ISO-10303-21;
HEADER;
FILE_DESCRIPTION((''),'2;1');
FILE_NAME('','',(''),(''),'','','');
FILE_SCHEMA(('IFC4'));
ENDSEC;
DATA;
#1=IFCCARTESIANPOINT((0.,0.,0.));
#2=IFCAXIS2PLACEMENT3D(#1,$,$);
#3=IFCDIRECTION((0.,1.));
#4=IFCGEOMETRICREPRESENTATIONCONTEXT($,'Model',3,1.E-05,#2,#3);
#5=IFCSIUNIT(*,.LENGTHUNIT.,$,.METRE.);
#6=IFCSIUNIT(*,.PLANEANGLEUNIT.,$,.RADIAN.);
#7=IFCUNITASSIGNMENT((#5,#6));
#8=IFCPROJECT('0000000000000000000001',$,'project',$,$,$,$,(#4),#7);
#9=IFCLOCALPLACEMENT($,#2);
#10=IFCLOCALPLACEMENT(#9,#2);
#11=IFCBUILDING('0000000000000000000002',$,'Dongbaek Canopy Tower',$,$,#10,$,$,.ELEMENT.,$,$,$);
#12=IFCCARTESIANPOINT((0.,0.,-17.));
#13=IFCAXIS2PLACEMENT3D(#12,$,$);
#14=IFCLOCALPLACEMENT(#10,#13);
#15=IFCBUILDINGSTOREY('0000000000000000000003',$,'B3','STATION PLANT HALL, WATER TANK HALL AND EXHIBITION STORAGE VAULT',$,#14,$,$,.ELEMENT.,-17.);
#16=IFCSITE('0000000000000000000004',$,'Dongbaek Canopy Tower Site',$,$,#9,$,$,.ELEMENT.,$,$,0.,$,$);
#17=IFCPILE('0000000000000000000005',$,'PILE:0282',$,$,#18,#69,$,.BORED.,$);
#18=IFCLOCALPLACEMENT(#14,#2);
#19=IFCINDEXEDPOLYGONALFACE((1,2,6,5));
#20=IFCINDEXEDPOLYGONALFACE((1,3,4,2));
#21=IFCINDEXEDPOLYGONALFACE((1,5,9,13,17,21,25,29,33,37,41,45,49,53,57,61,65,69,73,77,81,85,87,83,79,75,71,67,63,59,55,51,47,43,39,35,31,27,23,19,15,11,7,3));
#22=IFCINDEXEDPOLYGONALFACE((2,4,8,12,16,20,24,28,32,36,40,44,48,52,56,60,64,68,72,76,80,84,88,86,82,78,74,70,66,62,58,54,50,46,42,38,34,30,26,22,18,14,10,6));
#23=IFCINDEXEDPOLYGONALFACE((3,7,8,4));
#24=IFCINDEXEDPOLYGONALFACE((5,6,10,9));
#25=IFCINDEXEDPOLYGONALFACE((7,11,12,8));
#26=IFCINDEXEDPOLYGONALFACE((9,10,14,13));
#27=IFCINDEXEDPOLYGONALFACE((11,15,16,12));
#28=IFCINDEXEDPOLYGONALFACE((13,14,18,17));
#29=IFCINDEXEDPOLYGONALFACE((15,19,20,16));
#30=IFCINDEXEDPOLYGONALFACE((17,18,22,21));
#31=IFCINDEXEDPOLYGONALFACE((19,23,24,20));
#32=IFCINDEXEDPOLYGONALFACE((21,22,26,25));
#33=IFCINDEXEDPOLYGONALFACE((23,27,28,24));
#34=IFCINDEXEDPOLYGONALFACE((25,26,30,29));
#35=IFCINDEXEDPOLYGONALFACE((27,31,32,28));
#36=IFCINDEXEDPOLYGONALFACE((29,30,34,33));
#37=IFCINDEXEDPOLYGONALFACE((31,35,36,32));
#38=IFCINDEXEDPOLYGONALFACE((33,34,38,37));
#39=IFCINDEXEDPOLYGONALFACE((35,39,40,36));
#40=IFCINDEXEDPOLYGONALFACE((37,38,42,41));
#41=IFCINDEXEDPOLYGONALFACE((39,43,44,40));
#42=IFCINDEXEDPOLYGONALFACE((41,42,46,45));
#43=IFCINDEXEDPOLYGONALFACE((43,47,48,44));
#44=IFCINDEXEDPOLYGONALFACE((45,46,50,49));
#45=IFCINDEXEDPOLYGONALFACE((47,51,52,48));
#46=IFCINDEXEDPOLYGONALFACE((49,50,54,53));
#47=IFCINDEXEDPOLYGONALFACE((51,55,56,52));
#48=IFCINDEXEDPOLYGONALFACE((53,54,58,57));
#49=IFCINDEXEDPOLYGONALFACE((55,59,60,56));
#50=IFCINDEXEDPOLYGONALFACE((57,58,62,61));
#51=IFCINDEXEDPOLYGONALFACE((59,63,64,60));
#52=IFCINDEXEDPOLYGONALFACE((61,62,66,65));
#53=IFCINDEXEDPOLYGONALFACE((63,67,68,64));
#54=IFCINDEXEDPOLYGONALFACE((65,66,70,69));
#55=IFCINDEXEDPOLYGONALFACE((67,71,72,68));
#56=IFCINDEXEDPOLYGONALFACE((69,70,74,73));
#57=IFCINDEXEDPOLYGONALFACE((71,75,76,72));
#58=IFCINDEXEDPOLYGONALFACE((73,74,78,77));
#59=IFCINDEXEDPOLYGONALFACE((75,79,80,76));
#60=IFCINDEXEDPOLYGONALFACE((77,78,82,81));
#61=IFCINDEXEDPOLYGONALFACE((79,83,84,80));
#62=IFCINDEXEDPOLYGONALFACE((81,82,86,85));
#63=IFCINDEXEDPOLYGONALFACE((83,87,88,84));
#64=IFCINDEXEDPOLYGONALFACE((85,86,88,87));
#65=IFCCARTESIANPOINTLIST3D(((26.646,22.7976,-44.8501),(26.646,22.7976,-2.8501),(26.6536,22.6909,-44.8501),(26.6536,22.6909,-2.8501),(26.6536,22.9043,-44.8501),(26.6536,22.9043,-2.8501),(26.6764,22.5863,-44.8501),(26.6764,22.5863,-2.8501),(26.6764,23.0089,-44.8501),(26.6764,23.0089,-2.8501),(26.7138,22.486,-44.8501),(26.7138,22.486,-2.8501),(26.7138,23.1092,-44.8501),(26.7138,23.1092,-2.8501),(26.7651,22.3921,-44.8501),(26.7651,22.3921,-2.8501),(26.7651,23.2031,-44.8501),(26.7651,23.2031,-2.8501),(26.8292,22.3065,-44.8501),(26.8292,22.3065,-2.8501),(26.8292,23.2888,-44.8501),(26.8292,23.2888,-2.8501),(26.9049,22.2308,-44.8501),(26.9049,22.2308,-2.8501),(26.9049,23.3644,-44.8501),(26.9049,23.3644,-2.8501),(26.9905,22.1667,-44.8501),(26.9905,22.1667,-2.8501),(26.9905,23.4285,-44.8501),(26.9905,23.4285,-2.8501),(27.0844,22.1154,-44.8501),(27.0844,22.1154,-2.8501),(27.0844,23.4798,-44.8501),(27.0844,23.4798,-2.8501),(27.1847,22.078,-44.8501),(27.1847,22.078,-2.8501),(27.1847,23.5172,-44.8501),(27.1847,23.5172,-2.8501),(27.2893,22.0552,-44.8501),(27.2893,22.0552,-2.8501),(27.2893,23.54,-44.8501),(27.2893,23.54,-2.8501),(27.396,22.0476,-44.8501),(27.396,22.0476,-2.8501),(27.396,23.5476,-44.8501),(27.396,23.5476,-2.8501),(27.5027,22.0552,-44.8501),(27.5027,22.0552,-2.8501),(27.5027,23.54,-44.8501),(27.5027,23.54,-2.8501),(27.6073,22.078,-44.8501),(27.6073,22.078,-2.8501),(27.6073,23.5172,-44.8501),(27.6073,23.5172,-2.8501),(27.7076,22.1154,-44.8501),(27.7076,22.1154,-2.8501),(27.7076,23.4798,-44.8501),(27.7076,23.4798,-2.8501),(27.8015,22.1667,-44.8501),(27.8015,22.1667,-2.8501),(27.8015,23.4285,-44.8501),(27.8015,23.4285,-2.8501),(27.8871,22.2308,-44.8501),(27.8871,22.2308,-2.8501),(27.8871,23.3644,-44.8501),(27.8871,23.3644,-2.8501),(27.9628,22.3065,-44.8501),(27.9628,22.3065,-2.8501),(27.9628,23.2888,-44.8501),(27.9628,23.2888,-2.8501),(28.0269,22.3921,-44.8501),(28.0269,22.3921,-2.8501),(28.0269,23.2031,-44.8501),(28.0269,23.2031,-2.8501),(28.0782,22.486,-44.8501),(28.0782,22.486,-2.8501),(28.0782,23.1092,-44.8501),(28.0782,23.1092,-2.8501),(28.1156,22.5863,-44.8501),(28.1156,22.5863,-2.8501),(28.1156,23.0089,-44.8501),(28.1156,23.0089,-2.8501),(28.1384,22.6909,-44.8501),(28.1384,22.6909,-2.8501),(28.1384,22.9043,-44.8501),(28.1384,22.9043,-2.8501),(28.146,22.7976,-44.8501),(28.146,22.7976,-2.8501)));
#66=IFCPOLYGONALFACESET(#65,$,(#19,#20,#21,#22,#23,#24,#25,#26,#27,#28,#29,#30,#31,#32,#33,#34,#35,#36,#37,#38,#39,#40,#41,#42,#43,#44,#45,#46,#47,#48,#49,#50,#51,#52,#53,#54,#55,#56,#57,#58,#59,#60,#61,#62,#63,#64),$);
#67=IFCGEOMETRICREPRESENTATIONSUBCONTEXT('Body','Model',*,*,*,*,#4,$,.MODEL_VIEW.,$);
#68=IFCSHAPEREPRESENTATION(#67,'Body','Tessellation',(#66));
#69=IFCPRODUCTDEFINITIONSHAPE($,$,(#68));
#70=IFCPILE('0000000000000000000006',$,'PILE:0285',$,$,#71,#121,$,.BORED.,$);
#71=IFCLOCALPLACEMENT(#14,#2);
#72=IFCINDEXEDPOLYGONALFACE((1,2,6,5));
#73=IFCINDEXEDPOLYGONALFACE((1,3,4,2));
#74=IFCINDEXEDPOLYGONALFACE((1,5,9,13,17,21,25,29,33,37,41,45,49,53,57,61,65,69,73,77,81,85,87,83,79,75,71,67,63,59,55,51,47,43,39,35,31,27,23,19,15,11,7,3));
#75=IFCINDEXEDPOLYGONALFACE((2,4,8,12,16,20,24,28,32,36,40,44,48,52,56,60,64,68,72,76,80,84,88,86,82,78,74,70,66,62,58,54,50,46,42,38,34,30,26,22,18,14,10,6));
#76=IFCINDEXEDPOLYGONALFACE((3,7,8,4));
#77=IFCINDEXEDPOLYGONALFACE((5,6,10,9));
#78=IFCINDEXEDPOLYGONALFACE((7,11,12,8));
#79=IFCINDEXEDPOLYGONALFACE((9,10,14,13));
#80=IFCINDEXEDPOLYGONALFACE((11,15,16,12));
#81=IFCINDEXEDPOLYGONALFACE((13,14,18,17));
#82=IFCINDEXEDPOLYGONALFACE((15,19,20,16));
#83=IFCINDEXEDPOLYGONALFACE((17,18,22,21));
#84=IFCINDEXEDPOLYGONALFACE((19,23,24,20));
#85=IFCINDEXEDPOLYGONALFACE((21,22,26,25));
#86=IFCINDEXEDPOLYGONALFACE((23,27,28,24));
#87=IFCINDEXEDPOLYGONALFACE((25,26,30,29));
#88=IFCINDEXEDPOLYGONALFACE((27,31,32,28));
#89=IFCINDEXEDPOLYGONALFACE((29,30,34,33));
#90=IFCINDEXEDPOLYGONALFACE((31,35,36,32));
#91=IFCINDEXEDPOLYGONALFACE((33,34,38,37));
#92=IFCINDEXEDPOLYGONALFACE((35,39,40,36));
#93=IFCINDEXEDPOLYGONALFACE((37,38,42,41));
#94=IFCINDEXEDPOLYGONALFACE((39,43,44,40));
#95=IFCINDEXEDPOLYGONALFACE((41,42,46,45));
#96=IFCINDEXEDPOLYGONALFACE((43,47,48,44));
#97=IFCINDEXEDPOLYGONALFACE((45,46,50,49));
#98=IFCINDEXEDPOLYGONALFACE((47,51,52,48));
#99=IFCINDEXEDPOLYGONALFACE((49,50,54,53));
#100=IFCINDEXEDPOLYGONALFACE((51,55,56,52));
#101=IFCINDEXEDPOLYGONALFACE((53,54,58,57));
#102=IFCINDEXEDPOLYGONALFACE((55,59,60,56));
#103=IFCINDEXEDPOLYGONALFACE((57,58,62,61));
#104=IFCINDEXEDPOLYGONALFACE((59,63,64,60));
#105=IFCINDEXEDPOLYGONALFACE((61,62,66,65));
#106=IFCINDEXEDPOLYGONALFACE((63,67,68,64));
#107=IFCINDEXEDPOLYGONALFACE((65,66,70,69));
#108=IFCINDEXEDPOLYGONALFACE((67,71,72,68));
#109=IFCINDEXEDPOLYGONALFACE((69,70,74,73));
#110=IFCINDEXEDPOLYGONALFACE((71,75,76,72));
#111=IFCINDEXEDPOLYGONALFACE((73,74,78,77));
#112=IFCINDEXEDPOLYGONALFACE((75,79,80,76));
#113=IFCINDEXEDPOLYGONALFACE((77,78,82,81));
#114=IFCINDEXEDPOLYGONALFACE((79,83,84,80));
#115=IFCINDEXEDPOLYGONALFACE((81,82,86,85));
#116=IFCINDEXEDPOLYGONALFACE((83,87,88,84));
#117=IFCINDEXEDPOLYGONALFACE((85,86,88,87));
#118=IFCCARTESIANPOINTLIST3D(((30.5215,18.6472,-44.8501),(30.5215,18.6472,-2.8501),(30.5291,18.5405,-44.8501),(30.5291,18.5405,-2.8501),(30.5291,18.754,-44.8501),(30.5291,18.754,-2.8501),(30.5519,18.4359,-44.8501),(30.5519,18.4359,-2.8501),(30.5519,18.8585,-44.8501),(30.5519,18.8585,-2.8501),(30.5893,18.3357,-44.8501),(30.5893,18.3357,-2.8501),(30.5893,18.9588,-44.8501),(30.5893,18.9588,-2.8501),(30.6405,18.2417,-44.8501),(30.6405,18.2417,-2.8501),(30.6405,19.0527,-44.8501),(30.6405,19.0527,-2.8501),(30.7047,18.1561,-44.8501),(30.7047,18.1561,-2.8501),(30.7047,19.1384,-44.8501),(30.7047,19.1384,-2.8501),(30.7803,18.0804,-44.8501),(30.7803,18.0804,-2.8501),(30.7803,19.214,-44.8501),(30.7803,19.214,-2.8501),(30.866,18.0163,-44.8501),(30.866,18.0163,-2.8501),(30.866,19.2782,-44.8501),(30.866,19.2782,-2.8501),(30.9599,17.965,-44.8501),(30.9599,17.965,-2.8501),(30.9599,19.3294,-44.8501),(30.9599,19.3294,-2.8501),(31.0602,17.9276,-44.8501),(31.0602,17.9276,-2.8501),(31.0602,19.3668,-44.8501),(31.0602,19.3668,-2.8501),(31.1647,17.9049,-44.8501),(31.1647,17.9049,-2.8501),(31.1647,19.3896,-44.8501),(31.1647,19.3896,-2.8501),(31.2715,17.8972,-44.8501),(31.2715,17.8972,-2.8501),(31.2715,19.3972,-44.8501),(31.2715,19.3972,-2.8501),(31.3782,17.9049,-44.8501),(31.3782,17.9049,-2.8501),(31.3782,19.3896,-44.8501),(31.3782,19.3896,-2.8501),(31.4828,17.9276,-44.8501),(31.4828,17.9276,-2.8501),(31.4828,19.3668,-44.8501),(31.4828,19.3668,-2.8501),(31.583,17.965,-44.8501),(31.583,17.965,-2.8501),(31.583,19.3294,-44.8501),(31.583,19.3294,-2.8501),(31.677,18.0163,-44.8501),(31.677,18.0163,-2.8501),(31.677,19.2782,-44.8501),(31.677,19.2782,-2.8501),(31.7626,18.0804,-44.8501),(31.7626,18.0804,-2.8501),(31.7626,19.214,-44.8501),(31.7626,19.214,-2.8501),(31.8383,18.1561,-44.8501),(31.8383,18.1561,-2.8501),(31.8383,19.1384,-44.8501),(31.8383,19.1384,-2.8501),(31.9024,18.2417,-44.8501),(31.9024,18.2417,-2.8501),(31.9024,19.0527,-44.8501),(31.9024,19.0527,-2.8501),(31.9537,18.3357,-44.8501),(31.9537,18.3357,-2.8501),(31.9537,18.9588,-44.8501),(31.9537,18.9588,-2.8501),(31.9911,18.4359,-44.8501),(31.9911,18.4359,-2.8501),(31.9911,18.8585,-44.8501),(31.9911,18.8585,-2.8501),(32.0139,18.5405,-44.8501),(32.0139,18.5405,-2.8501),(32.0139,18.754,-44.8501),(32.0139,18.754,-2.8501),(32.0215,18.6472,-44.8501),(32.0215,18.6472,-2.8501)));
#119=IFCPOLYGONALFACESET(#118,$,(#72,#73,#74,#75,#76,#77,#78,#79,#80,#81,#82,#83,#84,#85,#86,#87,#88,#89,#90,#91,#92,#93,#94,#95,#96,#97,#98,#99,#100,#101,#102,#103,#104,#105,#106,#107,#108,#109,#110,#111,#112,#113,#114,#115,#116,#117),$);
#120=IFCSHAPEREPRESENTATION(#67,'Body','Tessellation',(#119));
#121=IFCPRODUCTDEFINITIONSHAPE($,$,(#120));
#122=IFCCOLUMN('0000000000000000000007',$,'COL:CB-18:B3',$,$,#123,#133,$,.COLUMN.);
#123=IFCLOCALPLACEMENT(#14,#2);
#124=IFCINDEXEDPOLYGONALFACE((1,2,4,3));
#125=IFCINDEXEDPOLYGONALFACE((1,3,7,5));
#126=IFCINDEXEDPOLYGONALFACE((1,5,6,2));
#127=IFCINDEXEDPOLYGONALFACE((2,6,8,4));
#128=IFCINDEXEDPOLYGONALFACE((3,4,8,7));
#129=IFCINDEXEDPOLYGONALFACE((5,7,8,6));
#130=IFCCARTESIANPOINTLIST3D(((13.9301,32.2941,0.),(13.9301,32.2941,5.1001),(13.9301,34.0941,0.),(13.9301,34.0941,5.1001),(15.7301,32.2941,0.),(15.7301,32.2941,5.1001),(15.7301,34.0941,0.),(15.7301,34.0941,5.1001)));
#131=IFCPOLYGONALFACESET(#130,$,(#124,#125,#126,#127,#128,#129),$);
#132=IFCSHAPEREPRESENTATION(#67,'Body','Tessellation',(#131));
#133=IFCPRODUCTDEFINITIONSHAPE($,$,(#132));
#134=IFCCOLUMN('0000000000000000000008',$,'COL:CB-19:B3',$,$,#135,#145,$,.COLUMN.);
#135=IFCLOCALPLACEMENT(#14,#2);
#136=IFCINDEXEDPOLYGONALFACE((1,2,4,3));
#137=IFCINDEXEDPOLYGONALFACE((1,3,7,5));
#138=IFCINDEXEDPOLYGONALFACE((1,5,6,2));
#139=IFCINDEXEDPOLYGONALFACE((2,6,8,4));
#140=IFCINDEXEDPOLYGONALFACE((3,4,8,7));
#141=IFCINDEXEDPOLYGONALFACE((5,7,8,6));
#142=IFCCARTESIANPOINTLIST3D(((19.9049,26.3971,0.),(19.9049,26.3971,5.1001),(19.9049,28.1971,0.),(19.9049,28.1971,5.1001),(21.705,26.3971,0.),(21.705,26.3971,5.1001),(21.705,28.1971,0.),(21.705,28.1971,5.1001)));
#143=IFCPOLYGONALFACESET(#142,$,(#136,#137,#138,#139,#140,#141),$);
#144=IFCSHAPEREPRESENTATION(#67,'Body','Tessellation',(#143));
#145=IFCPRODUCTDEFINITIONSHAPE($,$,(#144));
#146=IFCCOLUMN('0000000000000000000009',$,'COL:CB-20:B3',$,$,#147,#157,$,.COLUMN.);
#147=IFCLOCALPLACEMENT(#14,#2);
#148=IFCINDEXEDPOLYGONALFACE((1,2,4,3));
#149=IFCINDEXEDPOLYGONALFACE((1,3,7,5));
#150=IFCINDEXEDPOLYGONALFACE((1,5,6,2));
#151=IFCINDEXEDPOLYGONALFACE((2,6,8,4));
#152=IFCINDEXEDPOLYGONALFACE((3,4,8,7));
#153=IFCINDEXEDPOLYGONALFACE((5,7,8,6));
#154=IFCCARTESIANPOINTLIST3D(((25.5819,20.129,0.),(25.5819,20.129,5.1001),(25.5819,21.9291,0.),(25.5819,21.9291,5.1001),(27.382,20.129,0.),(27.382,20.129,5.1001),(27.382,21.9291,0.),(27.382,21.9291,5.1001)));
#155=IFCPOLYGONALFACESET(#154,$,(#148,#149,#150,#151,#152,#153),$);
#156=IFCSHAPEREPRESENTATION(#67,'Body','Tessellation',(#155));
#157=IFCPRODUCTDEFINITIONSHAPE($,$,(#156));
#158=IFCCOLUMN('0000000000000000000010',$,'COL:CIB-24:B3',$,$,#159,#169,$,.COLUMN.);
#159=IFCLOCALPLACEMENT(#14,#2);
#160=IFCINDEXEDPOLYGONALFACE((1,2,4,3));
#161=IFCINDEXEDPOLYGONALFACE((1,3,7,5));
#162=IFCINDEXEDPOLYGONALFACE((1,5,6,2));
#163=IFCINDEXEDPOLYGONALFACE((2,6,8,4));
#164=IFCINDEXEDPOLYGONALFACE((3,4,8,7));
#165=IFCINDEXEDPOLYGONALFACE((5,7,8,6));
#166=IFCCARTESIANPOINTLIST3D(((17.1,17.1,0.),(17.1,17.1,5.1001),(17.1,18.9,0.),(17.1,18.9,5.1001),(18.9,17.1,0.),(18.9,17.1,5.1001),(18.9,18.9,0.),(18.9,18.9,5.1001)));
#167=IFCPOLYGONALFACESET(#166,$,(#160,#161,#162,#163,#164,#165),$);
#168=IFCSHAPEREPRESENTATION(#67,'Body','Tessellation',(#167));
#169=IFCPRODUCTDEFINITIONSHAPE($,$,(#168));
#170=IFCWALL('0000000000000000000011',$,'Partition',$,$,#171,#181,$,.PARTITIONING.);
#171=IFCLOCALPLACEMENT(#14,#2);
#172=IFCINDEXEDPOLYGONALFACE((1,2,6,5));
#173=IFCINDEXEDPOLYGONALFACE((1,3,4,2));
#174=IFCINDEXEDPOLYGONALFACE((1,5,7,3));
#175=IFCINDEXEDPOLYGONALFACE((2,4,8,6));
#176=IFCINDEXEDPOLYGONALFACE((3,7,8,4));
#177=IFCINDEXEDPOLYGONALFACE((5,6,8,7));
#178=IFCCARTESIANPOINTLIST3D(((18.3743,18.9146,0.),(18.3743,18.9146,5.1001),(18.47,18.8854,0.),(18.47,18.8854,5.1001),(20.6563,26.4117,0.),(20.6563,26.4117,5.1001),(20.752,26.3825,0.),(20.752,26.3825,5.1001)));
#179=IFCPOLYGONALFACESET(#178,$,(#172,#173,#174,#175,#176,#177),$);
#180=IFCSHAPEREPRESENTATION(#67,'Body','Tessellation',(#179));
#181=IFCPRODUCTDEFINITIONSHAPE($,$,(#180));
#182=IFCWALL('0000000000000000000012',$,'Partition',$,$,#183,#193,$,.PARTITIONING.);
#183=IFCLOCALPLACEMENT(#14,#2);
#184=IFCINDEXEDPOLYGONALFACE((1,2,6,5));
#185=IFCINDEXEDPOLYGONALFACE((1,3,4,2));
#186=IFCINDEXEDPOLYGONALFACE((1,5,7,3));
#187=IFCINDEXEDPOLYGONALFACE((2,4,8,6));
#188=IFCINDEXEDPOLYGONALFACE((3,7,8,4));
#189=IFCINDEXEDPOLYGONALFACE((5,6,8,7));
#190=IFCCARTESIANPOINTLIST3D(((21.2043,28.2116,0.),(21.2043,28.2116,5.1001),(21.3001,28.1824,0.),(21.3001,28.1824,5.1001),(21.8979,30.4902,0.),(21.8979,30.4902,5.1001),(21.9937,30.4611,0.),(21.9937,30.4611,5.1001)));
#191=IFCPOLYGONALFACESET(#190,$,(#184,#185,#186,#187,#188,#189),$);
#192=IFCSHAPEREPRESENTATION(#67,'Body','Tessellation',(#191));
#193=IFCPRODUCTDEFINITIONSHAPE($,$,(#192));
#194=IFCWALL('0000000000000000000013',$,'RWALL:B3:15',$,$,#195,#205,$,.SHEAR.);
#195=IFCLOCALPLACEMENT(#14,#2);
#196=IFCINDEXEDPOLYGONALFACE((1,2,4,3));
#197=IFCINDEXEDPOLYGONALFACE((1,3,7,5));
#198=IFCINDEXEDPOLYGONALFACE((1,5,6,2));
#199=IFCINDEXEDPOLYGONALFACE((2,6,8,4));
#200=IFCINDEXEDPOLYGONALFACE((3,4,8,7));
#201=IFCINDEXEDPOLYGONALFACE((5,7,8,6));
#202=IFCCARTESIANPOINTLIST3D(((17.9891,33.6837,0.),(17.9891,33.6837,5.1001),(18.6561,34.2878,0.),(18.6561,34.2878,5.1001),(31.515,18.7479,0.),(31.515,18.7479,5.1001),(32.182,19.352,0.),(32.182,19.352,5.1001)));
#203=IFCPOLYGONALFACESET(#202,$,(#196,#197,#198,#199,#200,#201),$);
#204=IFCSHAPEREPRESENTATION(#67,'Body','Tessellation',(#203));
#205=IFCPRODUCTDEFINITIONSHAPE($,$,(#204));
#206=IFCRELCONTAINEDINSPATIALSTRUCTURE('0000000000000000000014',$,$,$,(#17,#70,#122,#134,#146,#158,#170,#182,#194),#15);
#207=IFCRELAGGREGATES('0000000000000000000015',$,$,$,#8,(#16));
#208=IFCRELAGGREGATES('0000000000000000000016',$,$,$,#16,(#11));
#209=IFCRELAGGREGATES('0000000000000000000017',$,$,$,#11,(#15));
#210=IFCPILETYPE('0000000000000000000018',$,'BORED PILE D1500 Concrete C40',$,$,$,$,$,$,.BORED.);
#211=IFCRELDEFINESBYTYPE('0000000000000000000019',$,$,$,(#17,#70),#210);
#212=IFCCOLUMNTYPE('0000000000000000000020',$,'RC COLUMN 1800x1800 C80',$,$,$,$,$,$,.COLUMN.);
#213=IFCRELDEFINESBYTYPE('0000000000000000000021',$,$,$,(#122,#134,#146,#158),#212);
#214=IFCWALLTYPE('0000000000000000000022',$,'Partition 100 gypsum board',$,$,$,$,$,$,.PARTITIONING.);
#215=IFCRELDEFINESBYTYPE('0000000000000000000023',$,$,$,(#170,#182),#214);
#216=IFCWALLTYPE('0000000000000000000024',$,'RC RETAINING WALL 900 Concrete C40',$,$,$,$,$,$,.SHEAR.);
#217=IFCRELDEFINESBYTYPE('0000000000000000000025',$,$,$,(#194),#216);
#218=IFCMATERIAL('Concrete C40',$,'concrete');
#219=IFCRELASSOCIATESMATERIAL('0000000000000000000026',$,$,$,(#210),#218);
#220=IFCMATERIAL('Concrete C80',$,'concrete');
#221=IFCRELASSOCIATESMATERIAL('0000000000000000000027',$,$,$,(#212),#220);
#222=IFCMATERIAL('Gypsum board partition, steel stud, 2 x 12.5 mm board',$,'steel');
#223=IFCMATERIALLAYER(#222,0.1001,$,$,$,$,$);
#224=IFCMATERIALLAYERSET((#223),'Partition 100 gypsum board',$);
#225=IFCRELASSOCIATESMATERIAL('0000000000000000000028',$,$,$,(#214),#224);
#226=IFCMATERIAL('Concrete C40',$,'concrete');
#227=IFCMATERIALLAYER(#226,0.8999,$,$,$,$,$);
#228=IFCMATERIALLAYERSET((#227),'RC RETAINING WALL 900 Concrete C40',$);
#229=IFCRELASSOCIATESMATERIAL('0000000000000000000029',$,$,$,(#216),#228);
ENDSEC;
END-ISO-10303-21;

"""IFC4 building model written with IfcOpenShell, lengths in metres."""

from ifc_helpers import new_model, si_unit, direction, frame, frame_2d, origin, origin_2d, place, context, subcontext, project, spatial, rectangle, circle, extrude, material, layer, layer_set, material_profile, profile_set, type_object, element, save


model = new_model("IFC4")

# Units and contexts
model_context = context("Model", 3, precision=1e-05, world=origin(), true_north=direction((0.0, 1.0)))
body_context = subcontext(model_context, "Body", "Model", "MODEL_VIEW")
ifc_project = project(units=[si_unit("LENGTHUNIT", "METRE"), si_unit("PLANEANGLEUNIT", "RADIAN")], contexts=[model_context])

# Site, building, storey
site_placement = place(None, origin())
site = spatial("IfcSite", under=ifc_project, at=site_placement, Name="Dongbaek Canopy Tower Site", CompositionType="ELEMENT", RefElevation=0.0)
building_placement = place(site_placement, origin())
building = spatial("IfcBuilding", under=site, at=building_placement, Name="Dongbaek Canopy Tower", CompositionType="ELEMENT")
storey_placement = place(building_placement, frame((0.0, 0.0, -17.0)))
storey = spatial("IfcBuildingStorey", under=building, at=storey_placement, Name="B3", Description="STATION PLANT HALL, WATER TANK HALL AND EXHIBITION STORAGE VAULT", CompositionType="ELEMENT", Elevation=-17.0)

# Piles
ifc_material_1 = material(Name="Concrete C40", Category="concrete")
ifc_material_profile_1 = material_profile(ifc_material_1, circle(Radius=0.75, at=origin_2d()), Name="BORED PILE D1500 Concrete C40")
ifc_profile_set_1 = profile_set([ifc_material_profile_1], Name="Concrete C40")
pile_type = type_object("IfcPileType", Name="BORED PILE D1500 Concrete C40", PredefinedType="BORED", material=ifc_profile_set_1)
for number, where, z_axis, x_axis, name in (
    (1, (27.396, 22.7976, -2.8501), (0.0, 0.0, -1.0), (1.0, 0.0, 0.0), "PILE:0282"),
    (2, (31.2715, 18.6472, -2.8501), (0.0, 0.0, -1.0), (1.0, 0.0, 0.0), "PILE:0285"),
):
    element("IfcPile", number, at=place(storey_placement, frame(where, z_axis=z_axis, x_axis=x_axis)), inside=storey, type_object=pile_type, Name=name, PredefinedType="BORED", context=body_context, shape_type="SweptSolid", body=[
        extrude(circle(Radius=0.75, at=origin_2d()), origin(), (0.0, 0.0, 1.0), 42.0),
    ])

# Columns
ifc_material_2 = material(Name="Concrete C80", Category="concrete")
ifc_material_profile_2 = material_profile(ifc_material_2, rectangle(XDim=1.8, YDim=1.8, at=origin_2d()), Name="RC COLUMN 1800x1800 C80")
ifc_profile_set_2 = profile_set([ifc_material_profile_2], Name="Concrete C80")
column_type = type_object("IfcColumnType", Name="RC COLUMN 1800x1800 C80", PredefinedType="COLUMN", material=ifc_profile_set_2)
for number, where, z_axis, x_axis, name in (
    (3, (14.8301, 33.1941, 0.0), (0.0, 0.0, 1.0), (1.0, 0.0, 0.0), "COL:CB-18:B3"),
    (4, (20.8049, 27.2971, 0.0), (0.0, 0.0, 1.0), (1.0, 0.0, 0.0), "COL:CB-19:B3"),
    (5, (26.4819, 21.0291, 0.0), (0.0, 0.0, 1.0), (1.0, 0.0, 0.0), "COL:CB-20:B3"),
    (6, (18.0, 18.0, 0.0), (0.0, 0.0, 1.0), (1.0, 0.0, 0.0), "COL:CIB-24:B3"),
):
    element("IfcColumn", number, at=place(storey_placement, frame(where, z_axis=z_axis, x_axis=x_axis)), inside=storey, type_object=column_type, Name=name, PredefinedType="COLUMN", context=body_context, shape_type="SweptSolid", body=[
        extrude(rectangle(XDim=1.8, YDim=1.8, at=origin_2d()), origin(), (0.0, 0.0, 1.0), 5.1001),
    ])

# Walls
ifc_material_3 = material(Name="Gypsum board partition, steel stud, 2 x 12.5 mm board", Category="steel")
ifc_layer_1 = layer(ifc_material_3, 0.1001)
ifc_layer_set_1 = layer_set([ifc_layer_1], Name="Partition 100 gypsum board")
wall_type_1 = type_object("IfcWallType", Name="Partition 100 gypsum board", PredefinedType="PARTITIONING", material=ifc_layer_set_1)
wall_1_placement = place(storey_placement, frame((18.4221, 18.8999, 0.0), z_axis=(0.0, 0.0, 1.0), x_axis=(0.291193, 0.956664, 0.0)))
element("IfcWall", 7, at=wall_1_placement, inside=storey, type_object=wall_type_1, Name="Partition", PredefinedType="PARTITIONING", context=body_context, shape_type="SweptSolid", body=[
    extrude(rectangle(XDim=7.8367, YDim=0.1001, at=frame_2d((3.9185, 0.0))), origin(), (0.0, 0.0, 1.0), 5.1001),
])
wall_2_placement = place(storey_placement, frame((21.2522, 28.197, 0.0), z_axis=(0.0, 0.0, 1.0), x_axis=(0.291211, 0.956659, 0.0)))
element("IfcWall", 8, at=wall_2_placement, inside=storey, type_object=wall_type_1, Name="Partition", PredefinedType="PARTITIONING", context=body_context, shape_type="SweptSolid", body=[
    extrude(rectangle(XDim=2.3818, YDim=0.1001, at=frame_2d((1.1909, 0.0))), origin(), (0.0, 0.0, 1.0), 5.1001),
])
ifc_material_4 = material(Name="Concrete C40", Category="concrete")
ifc_layer_2 = layer(ifc_material_4, 0.8999)
ifc_layer_set_2 = layer_set([ifc_layer_2], Name="RC RETAINING WALL 900 Concrete C40")
wall_type_2 = type_object("IfcWallType", Name="RC RETAINING WALL 900 Concrete C40", PredefinedType="SHEAR", material=ifc_layer_set_2)
wall_3_placement = place(storey_placement, frame((18.3225, 33.9858, 0.0), z_axis=(0.0, 0.0, 1.0), x_axis=(0.671256, -0.741226, 0.0)))
element("IfcWall", 9, at=wall_3_placement, inside=storey, type_object=wall_type_2, Name="RWALL:B3:15", PredefinedType="SHEAR", context=body_context, shape_type="SweptSolid", body=[
    extrude(rectangle(XDim=20.1501, YDim=0.8999, at=frame_2d((10.0752, 0.0))), origin(), (0.0, 0.0, 1.0), 5.1001),
])

save(model, "model.ifc")
